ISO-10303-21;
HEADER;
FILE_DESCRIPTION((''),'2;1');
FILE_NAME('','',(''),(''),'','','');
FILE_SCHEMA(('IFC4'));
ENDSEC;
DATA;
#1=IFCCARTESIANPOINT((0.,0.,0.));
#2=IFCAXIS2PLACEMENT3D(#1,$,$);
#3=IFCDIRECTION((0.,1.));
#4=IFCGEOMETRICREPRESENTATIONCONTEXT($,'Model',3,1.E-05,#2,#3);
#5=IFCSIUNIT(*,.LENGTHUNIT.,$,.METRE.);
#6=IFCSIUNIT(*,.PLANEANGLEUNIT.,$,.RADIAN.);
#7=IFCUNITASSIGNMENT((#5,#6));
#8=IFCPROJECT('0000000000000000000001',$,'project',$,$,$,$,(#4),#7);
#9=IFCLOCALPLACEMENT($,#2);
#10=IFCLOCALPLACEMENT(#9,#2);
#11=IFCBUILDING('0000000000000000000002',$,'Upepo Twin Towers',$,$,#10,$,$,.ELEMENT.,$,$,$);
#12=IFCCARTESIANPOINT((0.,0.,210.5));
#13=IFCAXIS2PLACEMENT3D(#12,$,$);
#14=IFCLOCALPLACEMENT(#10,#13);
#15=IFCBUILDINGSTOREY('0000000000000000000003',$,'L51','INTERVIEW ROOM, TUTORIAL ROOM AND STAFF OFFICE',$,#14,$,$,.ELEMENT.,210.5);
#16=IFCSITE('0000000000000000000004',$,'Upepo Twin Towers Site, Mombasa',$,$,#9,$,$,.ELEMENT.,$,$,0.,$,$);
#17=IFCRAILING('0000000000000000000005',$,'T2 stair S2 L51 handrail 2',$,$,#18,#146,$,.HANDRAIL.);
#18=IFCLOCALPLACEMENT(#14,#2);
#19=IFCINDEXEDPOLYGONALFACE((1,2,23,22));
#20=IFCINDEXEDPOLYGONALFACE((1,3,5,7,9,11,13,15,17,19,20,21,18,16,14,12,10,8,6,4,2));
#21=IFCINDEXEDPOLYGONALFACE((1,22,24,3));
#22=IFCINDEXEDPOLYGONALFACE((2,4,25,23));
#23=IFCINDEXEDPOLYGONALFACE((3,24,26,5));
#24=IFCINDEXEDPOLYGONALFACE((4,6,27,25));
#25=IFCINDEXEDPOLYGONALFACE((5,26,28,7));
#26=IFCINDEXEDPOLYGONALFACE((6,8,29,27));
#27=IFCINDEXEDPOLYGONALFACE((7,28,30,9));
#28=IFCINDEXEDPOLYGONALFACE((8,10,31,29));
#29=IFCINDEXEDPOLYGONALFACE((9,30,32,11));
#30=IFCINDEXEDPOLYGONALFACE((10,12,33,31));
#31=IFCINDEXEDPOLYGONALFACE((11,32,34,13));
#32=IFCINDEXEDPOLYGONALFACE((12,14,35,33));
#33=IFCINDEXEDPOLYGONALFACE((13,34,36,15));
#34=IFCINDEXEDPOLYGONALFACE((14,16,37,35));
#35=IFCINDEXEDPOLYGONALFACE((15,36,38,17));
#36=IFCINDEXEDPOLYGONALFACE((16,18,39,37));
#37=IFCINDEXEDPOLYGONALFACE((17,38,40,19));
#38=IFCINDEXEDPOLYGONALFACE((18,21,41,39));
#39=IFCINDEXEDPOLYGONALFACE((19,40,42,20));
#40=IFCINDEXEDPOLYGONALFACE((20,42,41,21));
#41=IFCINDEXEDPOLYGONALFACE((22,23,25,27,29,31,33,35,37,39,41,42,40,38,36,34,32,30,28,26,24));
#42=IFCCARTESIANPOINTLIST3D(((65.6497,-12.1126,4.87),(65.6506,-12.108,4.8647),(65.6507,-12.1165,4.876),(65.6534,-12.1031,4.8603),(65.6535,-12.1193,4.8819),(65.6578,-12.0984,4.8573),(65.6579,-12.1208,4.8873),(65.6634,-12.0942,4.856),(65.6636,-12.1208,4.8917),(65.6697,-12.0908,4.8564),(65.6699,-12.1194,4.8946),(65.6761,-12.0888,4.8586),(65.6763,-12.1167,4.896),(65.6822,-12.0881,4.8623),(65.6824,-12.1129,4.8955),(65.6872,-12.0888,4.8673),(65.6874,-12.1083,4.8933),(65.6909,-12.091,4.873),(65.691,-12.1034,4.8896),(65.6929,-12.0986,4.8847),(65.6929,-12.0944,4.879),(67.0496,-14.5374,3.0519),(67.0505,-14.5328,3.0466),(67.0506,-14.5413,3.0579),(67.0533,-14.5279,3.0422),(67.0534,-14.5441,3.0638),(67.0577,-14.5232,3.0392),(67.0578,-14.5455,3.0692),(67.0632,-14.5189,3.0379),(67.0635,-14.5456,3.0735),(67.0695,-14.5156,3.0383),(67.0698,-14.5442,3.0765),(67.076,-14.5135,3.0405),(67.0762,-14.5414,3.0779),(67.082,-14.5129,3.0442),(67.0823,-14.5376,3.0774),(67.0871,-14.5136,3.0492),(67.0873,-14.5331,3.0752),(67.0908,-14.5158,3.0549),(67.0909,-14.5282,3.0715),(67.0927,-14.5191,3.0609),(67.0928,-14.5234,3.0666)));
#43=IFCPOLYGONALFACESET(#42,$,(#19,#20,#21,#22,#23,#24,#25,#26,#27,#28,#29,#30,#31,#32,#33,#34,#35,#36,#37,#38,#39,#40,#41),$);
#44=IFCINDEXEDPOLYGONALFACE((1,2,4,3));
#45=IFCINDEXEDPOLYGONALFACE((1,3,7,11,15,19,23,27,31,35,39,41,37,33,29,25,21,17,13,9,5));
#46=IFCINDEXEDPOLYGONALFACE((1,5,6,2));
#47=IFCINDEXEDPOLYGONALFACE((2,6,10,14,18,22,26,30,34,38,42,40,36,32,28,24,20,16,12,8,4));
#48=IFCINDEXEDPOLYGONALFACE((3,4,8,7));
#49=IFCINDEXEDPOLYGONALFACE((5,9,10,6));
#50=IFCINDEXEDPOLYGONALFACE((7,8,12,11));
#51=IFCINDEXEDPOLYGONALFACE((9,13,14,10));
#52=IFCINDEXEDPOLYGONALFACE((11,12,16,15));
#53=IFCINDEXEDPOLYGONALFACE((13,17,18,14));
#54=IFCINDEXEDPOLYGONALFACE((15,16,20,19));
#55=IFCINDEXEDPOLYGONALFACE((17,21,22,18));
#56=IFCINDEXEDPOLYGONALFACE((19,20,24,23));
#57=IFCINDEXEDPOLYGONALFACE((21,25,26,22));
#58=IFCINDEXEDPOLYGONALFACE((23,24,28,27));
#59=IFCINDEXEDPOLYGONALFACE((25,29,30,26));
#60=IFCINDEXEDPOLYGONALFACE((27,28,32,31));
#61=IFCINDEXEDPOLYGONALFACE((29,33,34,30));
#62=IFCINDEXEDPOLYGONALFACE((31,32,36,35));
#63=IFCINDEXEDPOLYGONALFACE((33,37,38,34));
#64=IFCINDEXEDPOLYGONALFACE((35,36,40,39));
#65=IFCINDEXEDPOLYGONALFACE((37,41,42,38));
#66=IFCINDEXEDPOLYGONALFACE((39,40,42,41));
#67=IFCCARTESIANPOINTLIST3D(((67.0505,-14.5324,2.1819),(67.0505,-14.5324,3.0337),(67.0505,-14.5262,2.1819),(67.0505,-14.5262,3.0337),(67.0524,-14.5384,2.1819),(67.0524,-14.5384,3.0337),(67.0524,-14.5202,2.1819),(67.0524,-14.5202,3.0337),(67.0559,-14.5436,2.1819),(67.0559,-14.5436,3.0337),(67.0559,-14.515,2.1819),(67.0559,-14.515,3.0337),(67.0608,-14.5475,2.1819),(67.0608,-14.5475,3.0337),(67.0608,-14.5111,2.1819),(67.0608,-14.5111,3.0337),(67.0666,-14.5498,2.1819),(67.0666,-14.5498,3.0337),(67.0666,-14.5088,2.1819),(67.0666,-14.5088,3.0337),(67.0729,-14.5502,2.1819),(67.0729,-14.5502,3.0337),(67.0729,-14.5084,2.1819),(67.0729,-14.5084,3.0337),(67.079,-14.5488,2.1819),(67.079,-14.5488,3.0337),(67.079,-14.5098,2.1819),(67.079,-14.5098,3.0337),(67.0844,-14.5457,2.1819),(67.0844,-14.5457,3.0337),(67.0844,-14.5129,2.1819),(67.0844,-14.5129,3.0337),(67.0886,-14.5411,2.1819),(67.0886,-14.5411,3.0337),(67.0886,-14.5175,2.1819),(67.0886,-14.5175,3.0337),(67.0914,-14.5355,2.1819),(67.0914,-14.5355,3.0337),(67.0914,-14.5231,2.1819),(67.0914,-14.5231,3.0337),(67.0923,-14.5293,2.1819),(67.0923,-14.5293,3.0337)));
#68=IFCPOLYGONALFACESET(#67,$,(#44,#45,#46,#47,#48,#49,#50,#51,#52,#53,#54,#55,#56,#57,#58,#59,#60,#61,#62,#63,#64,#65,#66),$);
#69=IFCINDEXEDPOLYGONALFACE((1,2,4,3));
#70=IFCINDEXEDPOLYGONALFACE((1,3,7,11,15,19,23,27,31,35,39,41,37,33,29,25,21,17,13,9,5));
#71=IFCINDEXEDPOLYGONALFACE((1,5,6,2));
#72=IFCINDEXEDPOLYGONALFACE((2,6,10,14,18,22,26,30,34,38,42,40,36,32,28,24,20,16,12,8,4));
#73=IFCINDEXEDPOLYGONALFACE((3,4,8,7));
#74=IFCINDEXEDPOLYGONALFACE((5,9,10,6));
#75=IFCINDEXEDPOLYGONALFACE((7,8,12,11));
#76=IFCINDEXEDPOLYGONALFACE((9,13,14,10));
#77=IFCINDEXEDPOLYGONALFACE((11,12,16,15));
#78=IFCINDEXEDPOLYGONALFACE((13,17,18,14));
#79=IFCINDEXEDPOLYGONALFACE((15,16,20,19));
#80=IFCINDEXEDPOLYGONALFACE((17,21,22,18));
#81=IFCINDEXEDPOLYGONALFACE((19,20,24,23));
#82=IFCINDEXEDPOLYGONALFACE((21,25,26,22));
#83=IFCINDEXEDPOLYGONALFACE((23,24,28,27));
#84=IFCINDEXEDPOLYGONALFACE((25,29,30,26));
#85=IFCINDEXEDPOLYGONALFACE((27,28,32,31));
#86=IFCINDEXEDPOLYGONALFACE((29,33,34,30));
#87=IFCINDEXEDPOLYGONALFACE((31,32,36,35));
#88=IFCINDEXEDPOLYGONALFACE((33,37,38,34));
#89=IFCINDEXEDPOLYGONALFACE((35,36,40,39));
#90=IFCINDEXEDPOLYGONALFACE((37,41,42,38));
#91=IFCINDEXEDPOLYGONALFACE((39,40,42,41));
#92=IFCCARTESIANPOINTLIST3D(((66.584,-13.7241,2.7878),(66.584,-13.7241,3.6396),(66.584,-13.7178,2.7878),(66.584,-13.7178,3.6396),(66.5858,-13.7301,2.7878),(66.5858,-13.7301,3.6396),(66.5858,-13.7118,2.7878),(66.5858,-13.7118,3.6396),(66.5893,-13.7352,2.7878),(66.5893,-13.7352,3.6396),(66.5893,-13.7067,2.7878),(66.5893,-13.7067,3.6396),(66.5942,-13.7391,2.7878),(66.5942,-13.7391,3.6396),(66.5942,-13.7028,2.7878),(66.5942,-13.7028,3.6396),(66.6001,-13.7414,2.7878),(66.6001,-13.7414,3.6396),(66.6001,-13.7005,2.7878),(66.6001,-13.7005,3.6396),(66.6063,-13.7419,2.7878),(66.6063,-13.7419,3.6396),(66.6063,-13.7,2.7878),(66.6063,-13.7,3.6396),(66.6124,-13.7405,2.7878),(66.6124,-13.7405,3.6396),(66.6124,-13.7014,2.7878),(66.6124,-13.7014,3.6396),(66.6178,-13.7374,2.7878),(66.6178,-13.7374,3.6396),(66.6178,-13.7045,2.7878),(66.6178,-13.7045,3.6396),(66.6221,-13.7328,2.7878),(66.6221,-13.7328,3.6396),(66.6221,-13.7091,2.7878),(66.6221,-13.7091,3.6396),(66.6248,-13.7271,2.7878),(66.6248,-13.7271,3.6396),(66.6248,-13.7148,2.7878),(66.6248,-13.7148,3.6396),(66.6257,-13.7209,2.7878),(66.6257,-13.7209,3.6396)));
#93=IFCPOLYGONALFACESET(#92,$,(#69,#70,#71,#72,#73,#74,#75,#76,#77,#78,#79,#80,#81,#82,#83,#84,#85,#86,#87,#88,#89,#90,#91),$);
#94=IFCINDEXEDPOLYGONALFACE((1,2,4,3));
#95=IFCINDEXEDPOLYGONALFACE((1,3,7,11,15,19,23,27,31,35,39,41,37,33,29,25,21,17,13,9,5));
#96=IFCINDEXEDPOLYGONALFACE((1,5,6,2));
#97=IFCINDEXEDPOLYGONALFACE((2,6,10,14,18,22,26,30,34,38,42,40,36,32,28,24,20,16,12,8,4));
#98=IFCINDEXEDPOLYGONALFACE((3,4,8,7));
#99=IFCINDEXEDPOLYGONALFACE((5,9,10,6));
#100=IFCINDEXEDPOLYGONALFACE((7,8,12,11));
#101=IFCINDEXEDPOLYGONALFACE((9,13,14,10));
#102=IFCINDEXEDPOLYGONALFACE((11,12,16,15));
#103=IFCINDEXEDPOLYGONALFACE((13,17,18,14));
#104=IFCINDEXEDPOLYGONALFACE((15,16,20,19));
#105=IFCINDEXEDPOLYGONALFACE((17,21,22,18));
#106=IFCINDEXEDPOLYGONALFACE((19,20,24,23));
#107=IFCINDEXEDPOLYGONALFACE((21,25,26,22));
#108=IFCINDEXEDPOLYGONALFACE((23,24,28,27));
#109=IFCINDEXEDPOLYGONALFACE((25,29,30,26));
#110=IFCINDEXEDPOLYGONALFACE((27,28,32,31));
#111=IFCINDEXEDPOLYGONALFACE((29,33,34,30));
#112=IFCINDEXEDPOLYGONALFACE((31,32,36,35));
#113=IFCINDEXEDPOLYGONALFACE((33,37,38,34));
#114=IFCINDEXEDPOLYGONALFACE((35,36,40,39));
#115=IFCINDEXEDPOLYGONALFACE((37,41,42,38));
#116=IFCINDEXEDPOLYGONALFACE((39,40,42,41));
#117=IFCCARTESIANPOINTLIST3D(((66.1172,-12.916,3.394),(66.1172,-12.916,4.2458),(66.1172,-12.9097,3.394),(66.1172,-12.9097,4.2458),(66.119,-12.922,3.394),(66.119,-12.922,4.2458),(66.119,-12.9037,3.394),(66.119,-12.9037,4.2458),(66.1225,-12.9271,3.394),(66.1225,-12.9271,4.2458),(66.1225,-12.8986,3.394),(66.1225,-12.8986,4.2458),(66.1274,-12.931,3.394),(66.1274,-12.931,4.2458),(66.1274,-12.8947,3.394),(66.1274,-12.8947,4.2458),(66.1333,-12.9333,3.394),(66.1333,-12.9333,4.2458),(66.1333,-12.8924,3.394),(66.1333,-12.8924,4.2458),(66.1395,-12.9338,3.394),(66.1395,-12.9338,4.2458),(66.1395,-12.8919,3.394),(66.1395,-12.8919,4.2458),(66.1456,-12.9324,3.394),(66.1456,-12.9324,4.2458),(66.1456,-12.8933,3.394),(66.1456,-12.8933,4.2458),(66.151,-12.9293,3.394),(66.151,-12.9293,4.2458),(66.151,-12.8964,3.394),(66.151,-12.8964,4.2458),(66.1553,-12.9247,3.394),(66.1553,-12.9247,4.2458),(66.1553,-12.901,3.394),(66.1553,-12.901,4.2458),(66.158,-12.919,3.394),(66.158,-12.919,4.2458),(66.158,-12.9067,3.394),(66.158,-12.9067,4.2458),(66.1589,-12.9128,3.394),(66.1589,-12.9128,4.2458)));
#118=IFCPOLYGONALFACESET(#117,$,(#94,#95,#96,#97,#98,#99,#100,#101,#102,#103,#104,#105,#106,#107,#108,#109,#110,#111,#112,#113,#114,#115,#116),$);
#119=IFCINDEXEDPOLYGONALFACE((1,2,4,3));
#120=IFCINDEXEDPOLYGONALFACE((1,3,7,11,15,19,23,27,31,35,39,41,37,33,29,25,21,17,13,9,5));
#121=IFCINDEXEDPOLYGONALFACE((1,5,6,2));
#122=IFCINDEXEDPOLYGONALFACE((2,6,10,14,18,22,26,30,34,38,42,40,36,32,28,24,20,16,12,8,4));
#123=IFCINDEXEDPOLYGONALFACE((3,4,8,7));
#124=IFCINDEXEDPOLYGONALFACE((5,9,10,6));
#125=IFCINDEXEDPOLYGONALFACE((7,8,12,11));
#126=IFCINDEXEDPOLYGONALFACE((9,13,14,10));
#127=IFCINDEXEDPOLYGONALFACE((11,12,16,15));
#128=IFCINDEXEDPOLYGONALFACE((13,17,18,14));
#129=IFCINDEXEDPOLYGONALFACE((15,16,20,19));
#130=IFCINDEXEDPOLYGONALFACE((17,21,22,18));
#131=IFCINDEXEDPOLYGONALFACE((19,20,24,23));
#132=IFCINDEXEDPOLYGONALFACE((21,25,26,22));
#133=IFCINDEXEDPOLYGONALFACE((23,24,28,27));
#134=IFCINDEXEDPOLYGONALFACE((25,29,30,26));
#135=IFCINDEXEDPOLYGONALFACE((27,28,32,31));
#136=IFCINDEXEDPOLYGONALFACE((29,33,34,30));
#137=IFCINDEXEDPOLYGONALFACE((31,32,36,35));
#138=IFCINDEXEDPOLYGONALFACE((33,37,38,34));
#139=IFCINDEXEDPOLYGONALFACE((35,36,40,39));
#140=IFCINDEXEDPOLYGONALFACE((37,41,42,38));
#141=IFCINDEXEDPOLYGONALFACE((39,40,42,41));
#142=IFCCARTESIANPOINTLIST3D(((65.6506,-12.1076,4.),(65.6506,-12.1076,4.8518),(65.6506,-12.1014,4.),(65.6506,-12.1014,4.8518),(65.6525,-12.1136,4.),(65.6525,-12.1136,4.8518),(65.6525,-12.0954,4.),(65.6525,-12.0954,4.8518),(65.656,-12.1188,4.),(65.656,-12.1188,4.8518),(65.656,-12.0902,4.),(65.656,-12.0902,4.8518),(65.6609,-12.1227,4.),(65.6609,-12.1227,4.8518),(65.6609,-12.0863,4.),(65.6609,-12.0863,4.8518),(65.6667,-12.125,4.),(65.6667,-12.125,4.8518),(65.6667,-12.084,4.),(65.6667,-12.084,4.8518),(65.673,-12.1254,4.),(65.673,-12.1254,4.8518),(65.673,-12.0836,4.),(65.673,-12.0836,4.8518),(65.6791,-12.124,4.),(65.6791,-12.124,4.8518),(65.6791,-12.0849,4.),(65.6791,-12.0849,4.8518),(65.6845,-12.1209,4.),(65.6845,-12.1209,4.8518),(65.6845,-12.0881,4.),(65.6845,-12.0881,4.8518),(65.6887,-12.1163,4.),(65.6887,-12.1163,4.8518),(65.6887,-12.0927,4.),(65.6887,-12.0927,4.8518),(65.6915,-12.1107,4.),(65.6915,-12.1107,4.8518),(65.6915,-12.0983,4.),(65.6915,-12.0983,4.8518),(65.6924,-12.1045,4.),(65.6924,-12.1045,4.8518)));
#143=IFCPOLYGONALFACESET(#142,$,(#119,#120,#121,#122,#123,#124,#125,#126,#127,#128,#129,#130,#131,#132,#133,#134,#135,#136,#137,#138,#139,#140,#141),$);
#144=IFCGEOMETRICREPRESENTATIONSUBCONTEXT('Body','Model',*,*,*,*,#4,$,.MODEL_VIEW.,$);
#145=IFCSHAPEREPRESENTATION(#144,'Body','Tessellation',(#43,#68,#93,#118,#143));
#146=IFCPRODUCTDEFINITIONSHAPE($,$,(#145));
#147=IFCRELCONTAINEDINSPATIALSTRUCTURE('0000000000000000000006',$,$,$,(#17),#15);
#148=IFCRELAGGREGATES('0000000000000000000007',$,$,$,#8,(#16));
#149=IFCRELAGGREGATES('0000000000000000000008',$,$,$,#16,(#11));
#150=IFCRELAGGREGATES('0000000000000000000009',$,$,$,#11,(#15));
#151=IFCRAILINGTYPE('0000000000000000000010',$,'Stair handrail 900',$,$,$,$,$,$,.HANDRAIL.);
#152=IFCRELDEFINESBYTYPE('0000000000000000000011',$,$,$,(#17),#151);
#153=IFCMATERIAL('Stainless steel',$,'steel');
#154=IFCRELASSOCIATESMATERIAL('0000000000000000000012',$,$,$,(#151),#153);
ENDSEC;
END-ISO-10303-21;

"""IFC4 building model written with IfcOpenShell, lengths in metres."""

from ifc_helpers import new_model, si_unit, direction, frame, origin, origin_2d, place, context, subcontext, project, spatial, circle, extrude, material, type_object, element, save


model = new_model("IFC4")

# Units and contexts
model_context = context("Model", 3, precision=1e-05, world=origin(), true_north=direction((0.0, 1.0)))
body_context = subcontext(model_context, "Body", "Model", "MODEL_VIEW")
ifc_project = project(units=[si_unit("LENGTHUNIT", "METRE"), si_unit("PLANEANGLEUNIT", "RADIAN")], contexts=[model_context])

# Site, building, storey
site_placement = place(None, origin())
site = spatial("IfcSite", under=ifc_project, at=site_placement, Name="Upepo Twin Towers Site, Mombasa", CompositionType="ELEMENT", RefElevation=0.0)
building_placement = place(site_placement, origin())
building = spatial("IfcBuilding", under=site, at=building_placement, Name="Upepo Twin Towers", CompositionType="ELEMENT")
storey_placement = place(building_placement, frame((0.0, 0.0, 210.5)))
storey = spatial("IfcBuildingStorey", under=building, at=storey_placement, Name="L51", Description="INTERVIEW ROOM, TUTORIAL ROOM AND STAFF OFFICE", CompositionType="ELEMENT", Elevation=210.5)

# Railing
ifc_material_1 = material(Name="Stainless steel", Category="steel")
railing_type = type_object("IfcRailingType", Name="Stair handrail 900", PredefinedType="HANDRAIL", material=ifc_material_1)
railing_1_placement = place(storey_placement, frame((67.0713, -14.5293, 2.1819)))
element("IfcRailing", 1, at=railing_1_placement, inside=storey, type_object=railing_type, Name="T2 stair S2 L51 handrail 2", PredefinedType="HANDRAIL", context=body_context, shape_type="SweptSolid", body=[
    extrude(circle(Radius=0.0239, at=origin_2d()), frame((0.0, 0.0, 0.876), z_axis=(-0.419333, 0.726336, 0.544606), x_axis=(-0.866035, -0.499984, 0.0)), (0.0, 0.0, 1.0), 3.3384),
    extrude(circle(Radius=0.021, at=origin_2d()), origin(), (0.0, 0.0, 1.0), 0.8518),
    extrude(circle(Radius=0.021, at=origin_2d()), frame((-0.4666, 0.8083, 0.606)), (0.0, 0.0, 1.0), 0.8518),
    extrude(circle(Radius=0.021, at=origin_2d()), frame((-0.9333, 1.6165, 1.2122)), (0.0, 0.0, 1.0), 0.8518),
    extrude(circle(Radius=0.021, at=origin_2d()), frame((-1.3999, 2.4248, 1.8181)), (0.0, 0.0, 1.0), 0.8518),
])

save(model, "model.ifc")
